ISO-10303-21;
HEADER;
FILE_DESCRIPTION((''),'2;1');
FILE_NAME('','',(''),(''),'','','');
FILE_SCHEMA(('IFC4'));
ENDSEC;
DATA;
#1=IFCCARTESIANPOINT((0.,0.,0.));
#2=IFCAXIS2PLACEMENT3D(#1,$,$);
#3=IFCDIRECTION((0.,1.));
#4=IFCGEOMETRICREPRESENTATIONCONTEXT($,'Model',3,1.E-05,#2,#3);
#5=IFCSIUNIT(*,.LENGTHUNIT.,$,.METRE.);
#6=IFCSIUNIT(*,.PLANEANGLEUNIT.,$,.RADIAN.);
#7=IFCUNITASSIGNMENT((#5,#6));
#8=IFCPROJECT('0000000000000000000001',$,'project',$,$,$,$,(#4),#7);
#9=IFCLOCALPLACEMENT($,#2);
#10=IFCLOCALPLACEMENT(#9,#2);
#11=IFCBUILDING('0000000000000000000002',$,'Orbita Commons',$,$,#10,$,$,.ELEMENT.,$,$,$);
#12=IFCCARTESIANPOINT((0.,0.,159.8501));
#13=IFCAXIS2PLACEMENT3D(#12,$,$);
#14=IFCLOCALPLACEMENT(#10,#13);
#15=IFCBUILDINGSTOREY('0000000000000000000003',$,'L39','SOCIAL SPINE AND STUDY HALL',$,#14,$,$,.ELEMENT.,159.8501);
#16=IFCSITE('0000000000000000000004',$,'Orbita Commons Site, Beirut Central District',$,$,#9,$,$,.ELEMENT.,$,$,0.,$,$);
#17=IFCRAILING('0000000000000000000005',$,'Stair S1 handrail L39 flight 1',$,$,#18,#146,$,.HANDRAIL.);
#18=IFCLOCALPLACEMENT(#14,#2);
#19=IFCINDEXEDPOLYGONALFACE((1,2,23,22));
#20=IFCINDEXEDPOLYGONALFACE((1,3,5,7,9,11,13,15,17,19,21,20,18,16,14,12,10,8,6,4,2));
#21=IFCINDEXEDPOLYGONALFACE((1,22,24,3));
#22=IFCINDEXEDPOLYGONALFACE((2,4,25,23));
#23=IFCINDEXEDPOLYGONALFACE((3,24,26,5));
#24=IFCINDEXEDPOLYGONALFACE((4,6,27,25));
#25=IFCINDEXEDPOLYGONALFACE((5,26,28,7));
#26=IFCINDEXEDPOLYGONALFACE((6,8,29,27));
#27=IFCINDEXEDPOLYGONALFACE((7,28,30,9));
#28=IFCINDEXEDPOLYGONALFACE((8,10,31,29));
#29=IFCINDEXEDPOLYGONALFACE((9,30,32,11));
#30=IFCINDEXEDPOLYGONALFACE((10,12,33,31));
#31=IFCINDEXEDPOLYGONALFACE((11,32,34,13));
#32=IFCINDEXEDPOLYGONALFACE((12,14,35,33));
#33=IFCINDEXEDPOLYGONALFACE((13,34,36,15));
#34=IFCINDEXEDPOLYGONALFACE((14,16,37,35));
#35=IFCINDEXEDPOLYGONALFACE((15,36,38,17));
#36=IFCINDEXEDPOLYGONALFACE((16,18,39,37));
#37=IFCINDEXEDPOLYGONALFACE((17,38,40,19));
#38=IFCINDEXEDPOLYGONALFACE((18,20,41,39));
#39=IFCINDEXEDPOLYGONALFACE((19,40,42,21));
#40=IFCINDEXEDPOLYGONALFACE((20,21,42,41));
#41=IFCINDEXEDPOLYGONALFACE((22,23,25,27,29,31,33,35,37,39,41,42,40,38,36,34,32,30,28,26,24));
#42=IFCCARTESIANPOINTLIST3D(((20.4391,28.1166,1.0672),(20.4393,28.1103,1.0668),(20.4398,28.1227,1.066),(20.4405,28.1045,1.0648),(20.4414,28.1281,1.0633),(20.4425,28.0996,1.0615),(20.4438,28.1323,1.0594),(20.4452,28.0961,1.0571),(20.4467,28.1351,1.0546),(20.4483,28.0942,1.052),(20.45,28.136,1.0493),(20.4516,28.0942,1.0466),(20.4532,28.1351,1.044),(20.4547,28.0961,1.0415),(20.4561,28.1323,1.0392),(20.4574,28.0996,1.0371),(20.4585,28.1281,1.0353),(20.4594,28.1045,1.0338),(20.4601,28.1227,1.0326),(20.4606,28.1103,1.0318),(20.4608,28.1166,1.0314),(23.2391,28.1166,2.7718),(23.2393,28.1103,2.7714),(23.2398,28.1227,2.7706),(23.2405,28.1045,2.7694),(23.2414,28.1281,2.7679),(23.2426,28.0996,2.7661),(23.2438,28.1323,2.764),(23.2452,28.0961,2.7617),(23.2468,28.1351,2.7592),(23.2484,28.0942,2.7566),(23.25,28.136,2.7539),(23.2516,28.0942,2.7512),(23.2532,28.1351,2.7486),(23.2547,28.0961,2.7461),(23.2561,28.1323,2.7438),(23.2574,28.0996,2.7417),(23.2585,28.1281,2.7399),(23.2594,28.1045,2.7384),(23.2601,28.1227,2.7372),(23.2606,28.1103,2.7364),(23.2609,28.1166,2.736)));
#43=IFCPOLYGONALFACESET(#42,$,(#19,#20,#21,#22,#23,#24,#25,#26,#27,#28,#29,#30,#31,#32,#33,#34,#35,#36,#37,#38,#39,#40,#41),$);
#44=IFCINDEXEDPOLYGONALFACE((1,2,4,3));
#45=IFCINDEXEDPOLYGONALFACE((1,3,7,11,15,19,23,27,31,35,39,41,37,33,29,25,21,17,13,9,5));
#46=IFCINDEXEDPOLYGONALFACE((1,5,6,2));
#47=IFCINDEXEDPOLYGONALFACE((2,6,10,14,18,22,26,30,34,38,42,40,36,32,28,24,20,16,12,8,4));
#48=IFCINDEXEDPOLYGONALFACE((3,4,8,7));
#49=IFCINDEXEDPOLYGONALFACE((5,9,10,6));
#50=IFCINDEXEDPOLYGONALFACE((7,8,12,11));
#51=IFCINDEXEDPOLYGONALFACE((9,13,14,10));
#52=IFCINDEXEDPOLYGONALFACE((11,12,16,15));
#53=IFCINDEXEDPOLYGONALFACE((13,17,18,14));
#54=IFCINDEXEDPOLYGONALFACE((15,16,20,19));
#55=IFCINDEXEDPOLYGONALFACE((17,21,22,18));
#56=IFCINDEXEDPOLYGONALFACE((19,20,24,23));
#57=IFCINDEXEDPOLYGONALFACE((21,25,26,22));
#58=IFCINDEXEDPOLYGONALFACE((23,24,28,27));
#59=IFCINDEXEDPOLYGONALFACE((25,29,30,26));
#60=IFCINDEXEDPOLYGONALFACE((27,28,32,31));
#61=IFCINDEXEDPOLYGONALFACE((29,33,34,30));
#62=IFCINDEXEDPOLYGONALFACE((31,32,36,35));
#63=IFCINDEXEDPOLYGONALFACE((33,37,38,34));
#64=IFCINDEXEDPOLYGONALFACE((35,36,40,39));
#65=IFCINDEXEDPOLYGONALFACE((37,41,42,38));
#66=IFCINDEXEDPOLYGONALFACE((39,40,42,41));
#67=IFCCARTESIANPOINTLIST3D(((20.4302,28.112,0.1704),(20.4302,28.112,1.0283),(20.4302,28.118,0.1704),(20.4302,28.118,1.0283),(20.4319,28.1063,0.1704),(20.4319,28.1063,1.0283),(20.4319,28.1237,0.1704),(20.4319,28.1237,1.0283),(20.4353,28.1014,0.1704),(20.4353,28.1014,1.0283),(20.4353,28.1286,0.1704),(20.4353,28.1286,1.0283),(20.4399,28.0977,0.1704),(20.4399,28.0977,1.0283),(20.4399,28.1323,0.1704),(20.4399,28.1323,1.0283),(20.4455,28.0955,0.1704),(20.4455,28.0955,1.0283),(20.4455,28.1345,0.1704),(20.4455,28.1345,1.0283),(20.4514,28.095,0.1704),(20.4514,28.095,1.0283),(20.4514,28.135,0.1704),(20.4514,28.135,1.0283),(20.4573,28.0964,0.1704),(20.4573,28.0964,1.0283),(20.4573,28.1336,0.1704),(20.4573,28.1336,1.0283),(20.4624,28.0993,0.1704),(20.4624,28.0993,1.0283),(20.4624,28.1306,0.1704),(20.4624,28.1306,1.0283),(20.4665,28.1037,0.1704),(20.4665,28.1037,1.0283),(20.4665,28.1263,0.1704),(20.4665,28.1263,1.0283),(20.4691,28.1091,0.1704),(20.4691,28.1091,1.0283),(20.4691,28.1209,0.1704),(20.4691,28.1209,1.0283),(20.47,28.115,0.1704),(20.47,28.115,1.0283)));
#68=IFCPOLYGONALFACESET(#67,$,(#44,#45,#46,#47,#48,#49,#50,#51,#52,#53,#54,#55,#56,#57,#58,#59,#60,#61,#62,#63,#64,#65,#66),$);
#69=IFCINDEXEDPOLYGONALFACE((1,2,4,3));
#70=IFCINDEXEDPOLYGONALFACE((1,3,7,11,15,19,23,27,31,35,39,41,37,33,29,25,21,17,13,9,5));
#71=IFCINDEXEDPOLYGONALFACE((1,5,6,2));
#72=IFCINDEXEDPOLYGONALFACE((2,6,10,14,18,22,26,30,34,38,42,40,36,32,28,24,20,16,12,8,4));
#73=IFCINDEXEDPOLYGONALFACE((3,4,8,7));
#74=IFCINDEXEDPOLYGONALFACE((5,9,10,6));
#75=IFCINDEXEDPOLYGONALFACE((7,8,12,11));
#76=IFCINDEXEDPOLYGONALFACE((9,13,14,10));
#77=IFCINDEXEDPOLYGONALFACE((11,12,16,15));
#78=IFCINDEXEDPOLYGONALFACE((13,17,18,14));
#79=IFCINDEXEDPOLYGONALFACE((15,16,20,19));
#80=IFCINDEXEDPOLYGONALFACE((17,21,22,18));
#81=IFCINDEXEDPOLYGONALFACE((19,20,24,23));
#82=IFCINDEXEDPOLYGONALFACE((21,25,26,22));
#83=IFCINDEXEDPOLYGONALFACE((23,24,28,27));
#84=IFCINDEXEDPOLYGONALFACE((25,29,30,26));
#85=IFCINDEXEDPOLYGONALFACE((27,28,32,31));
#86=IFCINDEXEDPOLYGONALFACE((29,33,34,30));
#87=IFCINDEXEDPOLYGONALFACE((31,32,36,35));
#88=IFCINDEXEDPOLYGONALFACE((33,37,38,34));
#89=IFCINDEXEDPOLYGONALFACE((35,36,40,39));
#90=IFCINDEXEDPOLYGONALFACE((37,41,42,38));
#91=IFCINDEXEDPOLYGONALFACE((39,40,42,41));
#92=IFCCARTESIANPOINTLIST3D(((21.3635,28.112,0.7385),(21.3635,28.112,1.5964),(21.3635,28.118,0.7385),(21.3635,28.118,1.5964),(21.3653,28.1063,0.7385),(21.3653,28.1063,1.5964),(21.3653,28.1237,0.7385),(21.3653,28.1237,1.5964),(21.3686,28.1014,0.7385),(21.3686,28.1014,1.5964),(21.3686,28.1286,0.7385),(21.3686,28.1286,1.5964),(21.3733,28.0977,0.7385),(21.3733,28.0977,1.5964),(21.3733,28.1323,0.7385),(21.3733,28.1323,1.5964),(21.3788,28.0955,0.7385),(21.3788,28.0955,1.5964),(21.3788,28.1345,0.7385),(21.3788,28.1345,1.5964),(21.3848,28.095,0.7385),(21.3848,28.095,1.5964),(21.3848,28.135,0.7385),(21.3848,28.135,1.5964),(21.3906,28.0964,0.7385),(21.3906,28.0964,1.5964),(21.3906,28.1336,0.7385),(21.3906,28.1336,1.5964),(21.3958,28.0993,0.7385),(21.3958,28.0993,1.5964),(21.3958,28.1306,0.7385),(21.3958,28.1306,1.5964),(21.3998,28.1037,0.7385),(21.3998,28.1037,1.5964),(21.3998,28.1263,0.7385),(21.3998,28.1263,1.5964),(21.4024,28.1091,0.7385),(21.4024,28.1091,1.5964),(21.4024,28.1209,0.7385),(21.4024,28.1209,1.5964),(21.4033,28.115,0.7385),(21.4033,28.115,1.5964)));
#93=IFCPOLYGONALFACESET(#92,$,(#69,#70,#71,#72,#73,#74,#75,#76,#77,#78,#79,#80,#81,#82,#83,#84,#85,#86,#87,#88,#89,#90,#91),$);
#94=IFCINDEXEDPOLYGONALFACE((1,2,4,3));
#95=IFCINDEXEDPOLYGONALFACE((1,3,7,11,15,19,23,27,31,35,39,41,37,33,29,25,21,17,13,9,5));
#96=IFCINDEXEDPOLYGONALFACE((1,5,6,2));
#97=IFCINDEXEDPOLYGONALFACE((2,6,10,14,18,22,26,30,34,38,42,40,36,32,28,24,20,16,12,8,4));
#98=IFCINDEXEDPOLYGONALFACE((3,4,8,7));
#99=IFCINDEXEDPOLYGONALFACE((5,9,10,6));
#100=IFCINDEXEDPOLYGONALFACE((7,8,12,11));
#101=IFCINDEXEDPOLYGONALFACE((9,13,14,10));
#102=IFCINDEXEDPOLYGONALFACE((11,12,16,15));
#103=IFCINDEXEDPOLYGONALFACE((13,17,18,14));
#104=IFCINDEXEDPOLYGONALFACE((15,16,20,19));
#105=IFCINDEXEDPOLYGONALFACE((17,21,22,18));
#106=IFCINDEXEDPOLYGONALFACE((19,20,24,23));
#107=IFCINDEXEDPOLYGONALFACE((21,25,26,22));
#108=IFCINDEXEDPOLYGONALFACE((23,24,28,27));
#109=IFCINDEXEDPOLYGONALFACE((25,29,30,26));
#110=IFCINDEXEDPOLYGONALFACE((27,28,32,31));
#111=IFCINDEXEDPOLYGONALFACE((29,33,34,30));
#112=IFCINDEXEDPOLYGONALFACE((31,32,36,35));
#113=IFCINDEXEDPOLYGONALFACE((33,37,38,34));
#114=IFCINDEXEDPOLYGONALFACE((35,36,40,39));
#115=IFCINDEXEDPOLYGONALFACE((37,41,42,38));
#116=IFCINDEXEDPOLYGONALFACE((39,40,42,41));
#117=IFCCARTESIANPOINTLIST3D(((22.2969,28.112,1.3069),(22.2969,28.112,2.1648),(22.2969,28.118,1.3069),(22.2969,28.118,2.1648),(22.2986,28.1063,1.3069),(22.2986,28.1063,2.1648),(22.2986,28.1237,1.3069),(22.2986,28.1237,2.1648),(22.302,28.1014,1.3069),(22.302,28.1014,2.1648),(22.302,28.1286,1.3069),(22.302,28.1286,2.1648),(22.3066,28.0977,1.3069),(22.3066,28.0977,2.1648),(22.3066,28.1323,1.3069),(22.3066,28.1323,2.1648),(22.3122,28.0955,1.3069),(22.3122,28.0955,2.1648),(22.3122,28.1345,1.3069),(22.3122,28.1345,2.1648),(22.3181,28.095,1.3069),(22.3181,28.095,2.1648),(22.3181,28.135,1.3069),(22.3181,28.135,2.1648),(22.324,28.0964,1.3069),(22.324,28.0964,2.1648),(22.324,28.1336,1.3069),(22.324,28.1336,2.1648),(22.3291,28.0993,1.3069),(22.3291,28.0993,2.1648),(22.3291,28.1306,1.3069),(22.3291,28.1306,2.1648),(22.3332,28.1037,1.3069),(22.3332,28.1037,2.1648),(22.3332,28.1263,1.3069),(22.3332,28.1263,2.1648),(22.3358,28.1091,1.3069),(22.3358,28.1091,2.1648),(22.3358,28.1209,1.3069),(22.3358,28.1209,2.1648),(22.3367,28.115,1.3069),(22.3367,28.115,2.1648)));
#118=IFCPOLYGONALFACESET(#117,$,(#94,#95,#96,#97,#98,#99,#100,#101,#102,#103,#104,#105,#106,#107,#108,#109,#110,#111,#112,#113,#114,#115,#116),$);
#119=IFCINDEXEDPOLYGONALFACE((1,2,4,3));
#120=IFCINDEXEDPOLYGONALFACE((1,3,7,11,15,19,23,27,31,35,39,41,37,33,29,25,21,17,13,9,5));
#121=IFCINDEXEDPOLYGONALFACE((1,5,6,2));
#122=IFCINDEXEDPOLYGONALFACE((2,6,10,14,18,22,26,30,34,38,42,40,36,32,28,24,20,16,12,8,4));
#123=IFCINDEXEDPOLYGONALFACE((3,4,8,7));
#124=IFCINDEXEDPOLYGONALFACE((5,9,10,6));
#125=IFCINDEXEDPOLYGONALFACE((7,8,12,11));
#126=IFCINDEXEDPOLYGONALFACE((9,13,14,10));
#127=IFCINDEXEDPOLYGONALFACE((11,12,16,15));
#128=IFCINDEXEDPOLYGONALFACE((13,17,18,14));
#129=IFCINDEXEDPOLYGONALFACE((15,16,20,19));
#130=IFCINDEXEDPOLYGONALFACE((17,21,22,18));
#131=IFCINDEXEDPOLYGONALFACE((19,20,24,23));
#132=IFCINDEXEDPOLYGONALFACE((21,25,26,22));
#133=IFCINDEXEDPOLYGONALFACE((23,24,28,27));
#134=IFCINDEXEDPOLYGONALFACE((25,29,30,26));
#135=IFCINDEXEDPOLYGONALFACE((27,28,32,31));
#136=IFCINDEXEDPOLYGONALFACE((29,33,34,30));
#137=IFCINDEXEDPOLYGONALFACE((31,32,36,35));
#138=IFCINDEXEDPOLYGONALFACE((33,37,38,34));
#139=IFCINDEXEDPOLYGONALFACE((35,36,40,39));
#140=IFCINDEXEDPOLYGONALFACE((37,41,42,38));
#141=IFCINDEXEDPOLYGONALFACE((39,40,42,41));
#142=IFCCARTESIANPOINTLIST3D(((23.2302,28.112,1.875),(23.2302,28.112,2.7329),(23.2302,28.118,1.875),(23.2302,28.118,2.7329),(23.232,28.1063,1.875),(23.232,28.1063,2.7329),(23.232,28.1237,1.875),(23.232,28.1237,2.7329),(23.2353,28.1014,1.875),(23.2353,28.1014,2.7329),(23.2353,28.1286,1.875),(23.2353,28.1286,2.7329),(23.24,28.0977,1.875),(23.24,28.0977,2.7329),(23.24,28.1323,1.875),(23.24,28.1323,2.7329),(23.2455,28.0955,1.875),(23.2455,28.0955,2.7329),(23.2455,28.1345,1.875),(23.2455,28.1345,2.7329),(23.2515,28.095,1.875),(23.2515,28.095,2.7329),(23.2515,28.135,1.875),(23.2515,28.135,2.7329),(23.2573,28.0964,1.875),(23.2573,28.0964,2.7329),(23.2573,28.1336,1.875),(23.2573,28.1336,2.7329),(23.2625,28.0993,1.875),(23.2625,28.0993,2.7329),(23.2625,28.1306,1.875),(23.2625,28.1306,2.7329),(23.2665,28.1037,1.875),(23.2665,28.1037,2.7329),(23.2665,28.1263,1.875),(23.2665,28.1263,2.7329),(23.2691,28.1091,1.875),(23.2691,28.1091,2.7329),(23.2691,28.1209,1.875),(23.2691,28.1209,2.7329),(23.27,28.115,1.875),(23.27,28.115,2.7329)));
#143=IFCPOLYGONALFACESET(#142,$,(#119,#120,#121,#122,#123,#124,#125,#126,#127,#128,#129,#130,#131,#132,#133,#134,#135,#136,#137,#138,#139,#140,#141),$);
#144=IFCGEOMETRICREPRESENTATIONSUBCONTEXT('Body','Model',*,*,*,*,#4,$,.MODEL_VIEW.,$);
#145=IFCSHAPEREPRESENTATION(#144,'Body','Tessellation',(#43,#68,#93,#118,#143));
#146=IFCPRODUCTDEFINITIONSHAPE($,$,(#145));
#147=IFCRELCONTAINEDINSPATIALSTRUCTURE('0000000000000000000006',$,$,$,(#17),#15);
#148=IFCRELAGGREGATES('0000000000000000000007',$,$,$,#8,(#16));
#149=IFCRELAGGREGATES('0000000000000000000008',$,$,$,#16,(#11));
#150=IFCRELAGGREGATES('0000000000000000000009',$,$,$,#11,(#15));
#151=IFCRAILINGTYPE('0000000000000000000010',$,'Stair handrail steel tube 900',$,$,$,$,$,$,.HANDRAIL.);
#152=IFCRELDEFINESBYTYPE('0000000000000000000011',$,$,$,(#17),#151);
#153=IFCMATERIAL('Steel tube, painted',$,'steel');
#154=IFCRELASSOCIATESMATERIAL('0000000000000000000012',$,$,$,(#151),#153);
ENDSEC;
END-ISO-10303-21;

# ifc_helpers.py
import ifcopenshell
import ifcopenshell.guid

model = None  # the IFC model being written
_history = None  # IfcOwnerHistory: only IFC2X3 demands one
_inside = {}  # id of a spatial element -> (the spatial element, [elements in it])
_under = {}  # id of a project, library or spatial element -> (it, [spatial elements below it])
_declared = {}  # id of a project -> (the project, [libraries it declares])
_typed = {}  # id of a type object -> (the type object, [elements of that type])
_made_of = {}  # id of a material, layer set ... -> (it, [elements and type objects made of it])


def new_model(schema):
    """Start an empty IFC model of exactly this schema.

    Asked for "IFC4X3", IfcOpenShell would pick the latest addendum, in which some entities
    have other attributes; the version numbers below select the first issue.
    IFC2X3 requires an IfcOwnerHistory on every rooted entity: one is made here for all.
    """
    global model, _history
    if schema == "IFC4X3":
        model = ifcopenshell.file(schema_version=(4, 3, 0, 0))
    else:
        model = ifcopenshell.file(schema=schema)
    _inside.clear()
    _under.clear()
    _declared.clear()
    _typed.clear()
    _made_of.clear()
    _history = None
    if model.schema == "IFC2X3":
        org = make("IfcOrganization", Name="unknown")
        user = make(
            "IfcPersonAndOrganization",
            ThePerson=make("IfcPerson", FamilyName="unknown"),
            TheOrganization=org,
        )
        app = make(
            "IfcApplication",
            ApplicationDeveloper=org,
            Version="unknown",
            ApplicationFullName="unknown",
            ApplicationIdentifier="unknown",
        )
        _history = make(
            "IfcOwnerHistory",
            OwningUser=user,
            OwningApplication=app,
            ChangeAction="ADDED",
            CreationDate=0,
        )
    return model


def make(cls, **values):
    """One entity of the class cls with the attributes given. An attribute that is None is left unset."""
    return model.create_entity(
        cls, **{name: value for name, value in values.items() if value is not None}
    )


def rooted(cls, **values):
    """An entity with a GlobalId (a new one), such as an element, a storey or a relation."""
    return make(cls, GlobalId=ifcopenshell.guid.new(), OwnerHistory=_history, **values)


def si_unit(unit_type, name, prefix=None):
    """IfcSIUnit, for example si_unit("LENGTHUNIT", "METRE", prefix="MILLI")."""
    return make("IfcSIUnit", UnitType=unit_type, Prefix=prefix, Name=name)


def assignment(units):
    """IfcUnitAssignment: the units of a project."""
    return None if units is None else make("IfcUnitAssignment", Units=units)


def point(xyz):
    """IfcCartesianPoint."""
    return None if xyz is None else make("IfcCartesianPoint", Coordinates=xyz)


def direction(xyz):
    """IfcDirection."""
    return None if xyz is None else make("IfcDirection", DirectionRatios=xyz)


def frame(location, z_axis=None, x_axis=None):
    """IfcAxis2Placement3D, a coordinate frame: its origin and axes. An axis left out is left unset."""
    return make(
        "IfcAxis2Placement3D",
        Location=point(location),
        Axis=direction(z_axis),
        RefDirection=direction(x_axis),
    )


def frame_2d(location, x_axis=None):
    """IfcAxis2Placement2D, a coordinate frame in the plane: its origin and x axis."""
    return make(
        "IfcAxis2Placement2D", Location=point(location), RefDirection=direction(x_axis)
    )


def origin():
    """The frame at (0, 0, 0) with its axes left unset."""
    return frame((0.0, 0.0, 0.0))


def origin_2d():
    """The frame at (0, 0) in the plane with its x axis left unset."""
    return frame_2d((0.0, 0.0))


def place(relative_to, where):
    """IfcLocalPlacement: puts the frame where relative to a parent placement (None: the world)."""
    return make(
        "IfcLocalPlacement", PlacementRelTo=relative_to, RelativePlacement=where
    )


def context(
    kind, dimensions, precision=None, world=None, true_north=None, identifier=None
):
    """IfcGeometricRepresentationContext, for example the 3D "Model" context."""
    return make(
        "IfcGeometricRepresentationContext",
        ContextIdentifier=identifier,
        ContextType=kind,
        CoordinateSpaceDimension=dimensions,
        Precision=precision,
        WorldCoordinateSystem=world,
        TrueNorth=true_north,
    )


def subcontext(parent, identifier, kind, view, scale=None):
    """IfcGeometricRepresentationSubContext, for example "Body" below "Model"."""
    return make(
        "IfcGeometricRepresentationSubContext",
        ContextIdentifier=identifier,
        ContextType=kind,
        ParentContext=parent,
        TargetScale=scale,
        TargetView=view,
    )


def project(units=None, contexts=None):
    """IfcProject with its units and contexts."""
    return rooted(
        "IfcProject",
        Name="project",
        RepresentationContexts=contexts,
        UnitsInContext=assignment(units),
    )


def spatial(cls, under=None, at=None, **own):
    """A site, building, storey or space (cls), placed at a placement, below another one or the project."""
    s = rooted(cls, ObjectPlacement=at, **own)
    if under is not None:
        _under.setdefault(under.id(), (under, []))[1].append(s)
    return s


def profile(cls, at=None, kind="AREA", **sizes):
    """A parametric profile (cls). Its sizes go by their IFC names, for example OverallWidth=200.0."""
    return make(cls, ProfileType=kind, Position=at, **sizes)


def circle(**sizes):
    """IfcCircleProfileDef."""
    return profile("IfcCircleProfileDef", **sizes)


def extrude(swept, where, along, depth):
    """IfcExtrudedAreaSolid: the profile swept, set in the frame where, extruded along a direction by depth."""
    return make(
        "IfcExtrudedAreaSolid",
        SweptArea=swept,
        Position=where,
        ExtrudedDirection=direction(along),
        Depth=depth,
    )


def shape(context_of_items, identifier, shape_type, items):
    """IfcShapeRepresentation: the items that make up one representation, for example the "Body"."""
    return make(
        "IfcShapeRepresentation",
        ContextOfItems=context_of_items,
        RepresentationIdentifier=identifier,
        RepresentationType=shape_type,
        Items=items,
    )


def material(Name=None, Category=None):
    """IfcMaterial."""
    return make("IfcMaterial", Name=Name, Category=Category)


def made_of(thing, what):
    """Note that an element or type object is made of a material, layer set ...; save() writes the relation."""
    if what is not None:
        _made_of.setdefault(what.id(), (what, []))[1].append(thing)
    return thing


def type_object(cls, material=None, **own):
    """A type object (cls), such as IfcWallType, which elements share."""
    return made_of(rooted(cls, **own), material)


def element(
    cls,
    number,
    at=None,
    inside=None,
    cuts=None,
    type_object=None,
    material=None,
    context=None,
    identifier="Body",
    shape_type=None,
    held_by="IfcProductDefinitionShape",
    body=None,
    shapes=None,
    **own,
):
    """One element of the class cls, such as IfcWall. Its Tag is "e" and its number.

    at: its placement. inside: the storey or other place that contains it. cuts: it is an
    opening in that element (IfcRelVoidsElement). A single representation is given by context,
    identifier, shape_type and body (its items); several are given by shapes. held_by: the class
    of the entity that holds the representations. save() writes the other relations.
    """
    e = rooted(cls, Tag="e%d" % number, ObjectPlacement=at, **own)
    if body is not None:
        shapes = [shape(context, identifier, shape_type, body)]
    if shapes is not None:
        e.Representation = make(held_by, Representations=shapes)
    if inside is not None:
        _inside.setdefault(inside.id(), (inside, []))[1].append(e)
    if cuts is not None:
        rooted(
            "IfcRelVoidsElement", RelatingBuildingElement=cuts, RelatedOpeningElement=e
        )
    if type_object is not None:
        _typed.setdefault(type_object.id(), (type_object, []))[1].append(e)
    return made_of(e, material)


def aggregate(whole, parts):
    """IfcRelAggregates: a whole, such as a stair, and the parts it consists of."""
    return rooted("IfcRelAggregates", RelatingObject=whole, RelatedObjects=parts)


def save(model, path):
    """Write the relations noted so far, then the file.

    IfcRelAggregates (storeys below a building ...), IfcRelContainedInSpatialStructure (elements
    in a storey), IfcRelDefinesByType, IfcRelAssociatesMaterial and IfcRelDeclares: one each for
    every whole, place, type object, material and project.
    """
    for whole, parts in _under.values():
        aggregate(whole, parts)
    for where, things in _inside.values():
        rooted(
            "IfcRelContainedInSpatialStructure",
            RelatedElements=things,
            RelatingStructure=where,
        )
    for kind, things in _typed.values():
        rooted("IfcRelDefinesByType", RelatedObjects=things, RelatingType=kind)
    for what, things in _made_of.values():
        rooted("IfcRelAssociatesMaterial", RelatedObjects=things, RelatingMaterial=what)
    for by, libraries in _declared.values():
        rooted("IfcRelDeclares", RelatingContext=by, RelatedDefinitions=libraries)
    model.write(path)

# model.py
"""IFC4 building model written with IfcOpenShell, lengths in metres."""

from ifc_helpers import new_model, si_unit, direction, frame, origin, origin_2d, place, context, subcontext, project, spatial, circle, extrude, material, type_object, element, save


model = new_model("IFC4")

# Units and contexts
model_context = context("Model", 3, precision=1e-05, world=origin(), true_north=direction((0.0, 1.0)))
body_context = subcontext(model_context, "Body", "Model", "MODEL_VIEW")
ifc_project = project(units=[si_unit("LENGTHUNIT", "METRE"), si_unit("PLANEANGLEUNIT", "RADIAN")], contexts=[model_context])

# Site, building, storey
site_placement = place(None, origin())
site = spatial("IfcSite", under=ifc_project, at=site_placement, Name="Orbita Commons Site, Beirut Central District", CompositionType="ELEMENT", RefElevation=0.0)
building_placement = place(site_placement, origin())
building = spatial("IfcBuilding", under=site, at=building_placement, Name="Orbita Commons", CompositionType="ELEMENT")
storey_placement = place(building_placement, frame((0.0, 0.0, 159.8501)))
storey = spatial("IfcBuildingStorey", under=building, at=storey_placement, Name="L39", Description="SOCIAL SPINE AND STUDY HALL", CompositionType="ELEMENT", Elevation=159.8501)

# Railing
ifc_material_1 = material(Name="Steel tube, painted", Category="steel")
railing_type = type_object("IfcRailingType", Name="Stair handrail steel tube 900", PredefinedType="HANDRAIL", material=ifc_material_1)
for number, where, name in (
    (1, (20.45, 28.115, 0.1704), "Stair S1 handrail L39 flight 1"),
):
    element("IfcRailing", number, at=place(storey_placement, frame(where)), inside=storey, type_object=railing_type, Name=name, PredefinedType="HANDRAIL", context=body_context, shape_type="SweptSolid", body=[
        extrude(circle(Radius=0.021, at=origin_2d()), frame((0.0, 0.0, 0.8789), z_axis=(0.85417, 0.0, 0.519994), x_axis=(0.0, 1.0, 0.0)), (0.0, 0.0, 1.0), 3.2781),
        extrude(circle(Radius=0.02, at=origin_2d()), origin(), (0.0, 0.0, 1.0), 0.8579),
        extrude(circle(Radius=0.02, at=origin_2d()), frame((0.9333, 0.0, 0.5681)), (0.0, 0.0, 1.0), 0.8579),
        extrude(circle(Radius=0.02, at=origin_2d()), frame((1.8667, 0.0, 1.1365)), (0.0, 0.0, 1.0), 0.8579),
        extrude(circle(Radius=0.02, at=origin_2d()), frame((2.8, 0.0, 1.7046)), (0.0, 0.0, 1.0), 0.8579),
    ])

save(model, "model.ifc")
